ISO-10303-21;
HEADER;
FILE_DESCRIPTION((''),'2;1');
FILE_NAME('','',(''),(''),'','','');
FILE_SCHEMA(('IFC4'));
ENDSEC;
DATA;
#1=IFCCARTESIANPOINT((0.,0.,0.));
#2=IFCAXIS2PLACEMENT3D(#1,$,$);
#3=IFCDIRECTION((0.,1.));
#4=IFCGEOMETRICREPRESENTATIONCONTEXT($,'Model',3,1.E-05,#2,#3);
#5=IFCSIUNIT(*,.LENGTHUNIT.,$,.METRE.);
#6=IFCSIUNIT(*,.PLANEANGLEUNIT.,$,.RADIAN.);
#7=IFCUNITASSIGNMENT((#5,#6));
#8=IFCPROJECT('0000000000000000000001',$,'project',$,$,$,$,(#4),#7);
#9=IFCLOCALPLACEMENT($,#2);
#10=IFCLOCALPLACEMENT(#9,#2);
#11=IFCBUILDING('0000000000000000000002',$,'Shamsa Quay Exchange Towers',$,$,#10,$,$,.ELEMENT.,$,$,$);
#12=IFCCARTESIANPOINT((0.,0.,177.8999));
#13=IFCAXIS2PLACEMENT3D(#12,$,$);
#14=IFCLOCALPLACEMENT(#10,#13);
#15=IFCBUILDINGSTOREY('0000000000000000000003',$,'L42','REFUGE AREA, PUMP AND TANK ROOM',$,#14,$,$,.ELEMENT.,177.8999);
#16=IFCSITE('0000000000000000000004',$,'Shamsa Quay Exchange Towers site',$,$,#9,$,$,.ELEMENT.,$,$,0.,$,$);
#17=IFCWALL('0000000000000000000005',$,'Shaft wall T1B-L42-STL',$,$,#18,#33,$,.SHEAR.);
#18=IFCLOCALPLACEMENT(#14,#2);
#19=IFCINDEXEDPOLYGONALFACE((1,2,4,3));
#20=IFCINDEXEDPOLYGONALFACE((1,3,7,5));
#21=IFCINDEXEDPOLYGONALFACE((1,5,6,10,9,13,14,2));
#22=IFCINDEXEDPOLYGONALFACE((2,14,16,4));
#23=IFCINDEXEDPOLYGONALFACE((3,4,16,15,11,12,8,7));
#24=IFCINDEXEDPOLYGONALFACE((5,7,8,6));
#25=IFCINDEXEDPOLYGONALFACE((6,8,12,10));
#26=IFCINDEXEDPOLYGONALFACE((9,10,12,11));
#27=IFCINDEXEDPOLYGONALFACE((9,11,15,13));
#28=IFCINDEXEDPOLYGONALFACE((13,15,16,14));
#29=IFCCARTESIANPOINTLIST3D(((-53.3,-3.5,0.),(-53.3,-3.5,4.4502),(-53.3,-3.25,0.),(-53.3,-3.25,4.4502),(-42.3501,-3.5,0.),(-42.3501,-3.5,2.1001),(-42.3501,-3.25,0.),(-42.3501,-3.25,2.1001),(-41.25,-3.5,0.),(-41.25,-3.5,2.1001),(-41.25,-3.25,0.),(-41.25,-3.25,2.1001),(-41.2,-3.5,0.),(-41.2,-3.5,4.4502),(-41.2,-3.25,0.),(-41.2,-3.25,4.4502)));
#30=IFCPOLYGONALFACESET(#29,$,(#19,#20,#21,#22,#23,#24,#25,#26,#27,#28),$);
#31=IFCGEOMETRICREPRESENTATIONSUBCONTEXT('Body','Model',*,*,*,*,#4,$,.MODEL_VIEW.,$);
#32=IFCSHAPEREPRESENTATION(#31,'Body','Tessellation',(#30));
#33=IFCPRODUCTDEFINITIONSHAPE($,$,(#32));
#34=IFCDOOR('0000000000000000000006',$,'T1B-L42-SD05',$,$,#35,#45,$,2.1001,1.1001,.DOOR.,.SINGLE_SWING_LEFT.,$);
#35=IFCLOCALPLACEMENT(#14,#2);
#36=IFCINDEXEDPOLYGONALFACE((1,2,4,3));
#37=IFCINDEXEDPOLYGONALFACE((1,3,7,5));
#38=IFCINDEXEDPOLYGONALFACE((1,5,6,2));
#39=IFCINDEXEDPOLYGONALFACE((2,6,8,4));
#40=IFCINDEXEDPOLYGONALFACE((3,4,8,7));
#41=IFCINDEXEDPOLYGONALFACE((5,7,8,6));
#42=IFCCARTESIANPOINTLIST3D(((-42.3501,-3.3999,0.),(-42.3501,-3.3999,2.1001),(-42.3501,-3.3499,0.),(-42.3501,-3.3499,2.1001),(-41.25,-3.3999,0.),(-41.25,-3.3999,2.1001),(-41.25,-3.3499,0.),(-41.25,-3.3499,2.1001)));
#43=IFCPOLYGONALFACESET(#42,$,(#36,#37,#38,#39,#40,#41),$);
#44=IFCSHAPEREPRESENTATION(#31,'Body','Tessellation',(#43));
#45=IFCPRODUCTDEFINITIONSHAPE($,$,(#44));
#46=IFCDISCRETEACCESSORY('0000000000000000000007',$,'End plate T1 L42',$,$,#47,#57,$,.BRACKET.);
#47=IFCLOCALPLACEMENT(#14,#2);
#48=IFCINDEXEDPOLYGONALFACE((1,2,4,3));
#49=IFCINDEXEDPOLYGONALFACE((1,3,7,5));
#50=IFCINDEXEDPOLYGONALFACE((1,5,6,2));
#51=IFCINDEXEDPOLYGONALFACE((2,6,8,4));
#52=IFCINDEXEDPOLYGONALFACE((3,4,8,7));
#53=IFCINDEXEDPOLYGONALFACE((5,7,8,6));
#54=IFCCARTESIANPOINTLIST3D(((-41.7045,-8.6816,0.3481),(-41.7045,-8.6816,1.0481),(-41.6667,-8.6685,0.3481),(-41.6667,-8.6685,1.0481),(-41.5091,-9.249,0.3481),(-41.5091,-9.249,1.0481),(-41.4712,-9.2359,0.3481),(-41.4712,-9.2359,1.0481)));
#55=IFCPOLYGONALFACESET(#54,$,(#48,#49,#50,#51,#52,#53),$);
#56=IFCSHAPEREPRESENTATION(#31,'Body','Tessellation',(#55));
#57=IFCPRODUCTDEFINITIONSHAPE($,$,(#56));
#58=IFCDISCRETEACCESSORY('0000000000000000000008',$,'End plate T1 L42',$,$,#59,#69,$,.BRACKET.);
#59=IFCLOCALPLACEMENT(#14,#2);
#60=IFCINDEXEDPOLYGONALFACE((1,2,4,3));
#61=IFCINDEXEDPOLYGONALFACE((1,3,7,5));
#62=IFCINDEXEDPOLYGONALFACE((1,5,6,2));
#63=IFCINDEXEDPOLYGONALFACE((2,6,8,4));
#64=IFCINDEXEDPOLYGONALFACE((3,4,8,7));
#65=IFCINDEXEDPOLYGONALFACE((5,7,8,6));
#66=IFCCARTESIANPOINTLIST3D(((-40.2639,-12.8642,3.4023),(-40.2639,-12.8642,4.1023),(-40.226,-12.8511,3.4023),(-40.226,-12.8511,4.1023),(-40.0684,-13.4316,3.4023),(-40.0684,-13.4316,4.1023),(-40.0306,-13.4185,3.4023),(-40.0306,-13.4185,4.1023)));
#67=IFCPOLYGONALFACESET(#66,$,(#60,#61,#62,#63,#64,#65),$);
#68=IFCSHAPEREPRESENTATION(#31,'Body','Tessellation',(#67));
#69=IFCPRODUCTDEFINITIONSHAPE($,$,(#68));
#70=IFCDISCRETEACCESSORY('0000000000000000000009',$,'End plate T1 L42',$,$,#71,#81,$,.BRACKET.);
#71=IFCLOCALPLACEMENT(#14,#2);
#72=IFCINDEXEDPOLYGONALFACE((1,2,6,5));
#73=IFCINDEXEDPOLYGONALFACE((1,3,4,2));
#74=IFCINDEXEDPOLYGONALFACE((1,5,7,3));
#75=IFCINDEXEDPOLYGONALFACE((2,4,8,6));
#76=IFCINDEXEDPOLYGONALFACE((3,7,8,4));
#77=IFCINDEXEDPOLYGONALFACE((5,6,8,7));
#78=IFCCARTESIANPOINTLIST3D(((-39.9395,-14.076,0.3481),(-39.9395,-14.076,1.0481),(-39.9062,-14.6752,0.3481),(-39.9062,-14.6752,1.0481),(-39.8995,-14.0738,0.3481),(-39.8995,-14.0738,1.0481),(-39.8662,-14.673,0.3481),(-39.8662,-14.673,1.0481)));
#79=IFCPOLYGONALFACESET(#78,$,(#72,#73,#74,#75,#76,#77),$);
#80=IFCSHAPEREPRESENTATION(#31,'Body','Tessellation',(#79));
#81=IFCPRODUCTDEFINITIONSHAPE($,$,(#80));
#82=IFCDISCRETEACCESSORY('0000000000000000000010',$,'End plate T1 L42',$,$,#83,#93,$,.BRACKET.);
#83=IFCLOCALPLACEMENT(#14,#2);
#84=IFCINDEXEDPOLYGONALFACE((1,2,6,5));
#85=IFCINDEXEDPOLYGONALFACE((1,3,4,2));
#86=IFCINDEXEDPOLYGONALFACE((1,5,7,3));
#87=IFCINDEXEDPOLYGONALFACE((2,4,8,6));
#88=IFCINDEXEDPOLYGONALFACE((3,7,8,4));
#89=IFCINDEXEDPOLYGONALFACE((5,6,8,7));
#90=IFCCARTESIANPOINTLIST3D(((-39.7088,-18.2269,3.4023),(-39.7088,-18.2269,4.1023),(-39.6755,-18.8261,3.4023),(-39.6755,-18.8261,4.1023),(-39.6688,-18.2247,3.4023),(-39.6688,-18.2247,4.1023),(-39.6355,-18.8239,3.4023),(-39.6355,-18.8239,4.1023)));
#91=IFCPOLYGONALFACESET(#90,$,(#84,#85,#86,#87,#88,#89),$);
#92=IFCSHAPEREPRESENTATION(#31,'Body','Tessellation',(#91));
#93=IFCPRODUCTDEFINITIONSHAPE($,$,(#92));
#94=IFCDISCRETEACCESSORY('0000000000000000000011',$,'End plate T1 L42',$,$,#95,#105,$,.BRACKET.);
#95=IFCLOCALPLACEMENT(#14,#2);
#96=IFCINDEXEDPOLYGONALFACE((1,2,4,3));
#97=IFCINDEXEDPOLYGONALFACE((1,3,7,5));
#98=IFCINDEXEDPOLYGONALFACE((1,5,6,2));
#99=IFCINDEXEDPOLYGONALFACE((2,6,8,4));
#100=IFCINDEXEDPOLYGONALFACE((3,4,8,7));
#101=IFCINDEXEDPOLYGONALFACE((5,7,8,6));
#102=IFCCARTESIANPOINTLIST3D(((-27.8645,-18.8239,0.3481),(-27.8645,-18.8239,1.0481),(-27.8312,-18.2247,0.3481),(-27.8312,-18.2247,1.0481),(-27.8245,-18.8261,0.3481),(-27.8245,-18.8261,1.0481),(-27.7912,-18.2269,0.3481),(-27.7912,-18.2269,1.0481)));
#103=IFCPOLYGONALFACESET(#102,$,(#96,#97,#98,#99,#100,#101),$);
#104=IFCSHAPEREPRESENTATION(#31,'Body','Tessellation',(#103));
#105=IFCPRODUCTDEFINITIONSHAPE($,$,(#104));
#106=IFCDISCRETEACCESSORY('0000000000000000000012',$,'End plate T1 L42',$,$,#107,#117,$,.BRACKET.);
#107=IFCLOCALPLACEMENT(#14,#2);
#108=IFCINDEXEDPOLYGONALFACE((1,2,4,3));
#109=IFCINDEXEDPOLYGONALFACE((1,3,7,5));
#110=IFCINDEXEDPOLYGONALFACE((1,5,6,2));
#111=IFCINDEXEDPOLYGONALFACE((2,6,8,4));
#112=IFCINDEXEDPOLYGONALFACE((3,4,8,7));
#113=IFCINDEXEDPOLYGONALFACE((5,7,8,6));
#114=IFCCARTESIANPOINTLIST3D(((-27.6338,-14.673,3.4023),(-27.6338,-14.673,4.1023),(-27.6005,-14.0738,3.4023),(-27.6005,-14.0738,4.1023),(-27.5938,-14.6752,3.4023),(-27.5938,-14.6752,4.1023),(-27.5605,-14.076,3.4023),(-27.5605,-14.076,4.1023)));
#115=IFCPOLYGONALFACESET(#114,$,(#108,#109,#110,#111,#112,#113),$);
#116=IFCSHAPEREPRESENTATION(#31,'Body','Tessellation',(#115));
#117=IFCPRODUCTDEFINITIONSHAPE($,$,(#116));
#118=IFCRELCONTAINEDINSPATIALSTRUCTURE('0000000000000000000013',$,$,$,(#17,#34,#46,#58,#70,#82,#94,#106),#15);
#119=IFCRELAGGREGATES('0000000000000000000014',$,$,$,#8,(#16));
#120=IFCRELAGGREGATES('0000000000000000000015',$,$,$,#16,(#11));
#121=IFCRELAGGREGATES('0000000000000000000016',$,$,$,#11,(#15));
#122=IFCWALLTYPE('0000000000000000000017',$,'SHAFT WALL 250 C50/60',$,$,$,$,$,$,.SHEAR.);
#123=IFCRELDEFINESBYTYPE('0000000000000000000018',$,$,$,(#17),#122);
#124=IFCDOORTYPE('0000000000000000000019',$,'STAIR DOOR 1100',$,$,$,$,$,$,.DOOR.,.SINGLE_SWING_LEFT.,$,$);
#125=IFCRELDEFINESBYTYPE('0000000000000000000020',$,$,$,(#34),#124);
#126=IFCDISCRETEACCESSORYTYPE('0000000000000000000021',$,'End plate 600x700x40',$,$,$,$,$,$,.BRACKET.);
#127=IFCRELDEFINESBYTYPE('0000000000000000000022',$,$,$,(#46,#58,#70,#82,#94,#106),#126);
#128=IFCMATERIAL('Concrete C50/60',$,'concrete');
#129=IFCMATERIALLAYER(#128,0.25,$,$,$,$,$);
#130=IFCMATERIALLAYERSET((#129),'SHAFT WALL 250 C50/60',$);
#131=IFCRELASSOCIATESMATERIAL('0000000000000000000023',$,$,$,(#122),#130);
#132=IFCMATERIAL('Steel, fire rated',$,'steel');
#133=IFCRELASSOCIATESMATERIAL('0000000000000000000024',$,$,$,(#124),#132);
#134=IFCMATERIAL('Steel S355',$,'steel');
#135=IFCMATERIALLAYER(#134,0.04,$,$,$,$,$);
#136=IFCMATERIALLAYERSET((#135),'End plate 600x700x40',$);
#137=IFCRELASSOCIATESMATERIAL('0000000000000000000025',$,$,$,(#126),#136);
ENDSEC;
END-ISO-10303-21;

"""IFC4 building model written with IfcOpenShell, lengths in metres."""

from ifc_helpers import new_model, si_unit, direction, frame, frame_2d, origin, origin_2d, place, context, subcontext, project, spatial, rectangle, extrude, material, layer, layer_set, type_object, element, fill, save


model = new_model("IFC4")

# Units and contexts
model_context = context("Model", 3, precision=1e-05, world=origin(), true_north=direction((0.0, 1.0)))
body_context = subcontext(model_context, "Body", "Model", "MODEL_VIEW")
ifc_project = project(units=[si_unit("LENGTHUNIT", "METRE"), si_unit("PLANEANGLEUNIT", "RADIAN")], contexts=[model_context])

# Site, building, storey
site_placement = place(None, origin())
site = spatial("IfcSite", under=ifc_project, at=site_placement, Name="Shamsa Quay Exchange Towers site", CompositionType="ELEMENT", RefElevation=0.0)
building_placement = place(site_placement, origin())
building = spatial("IfcBuilding", under=site, at=building_placement, Name="Shamsa Quay Exchange Towers", CompositionType="ELEMENT")
storey_placement = place(building_placement, frame((0.0, 0.0, 177.8999)))
storey = spatial("IfcBuildingStorey", under=building, at=storey_placement, Name="L42", Description="REFUGE AREA, PUMP AND TANK ROOM", CompositionType="ELEMENT", Elevation=177.8999)

# Shared definitions
ifc_material_1 = material(Name="Steel S355", Category="steel")

# Shared definitions
ifc_material_2 = material(Name="Steel, fire rated", Category="steel")

# Wall, opening, door
ifc_material_3 = material(Name="Concrete C50/60", Category="concrete")
ifc_layer_1 = layer(ifc_material_3, 0.25)
ifc_layer_set_1 = layer_set([ifc_layer_1], Name="SHAFT WALL 250 C50/60")
wall_type_1 = type_object("IfcWallType", Name="SHAFT WALL 250 C50/60", PredefinedType="SHEAR", material=ifc_layer_set_1)
wall_1_placement = place(storey_placement, frame((-41.2, -3.375, 0.0), z_axis=(0.0, 0.0, 1.0), x_axis=(-1.0, 0.0, 0.0)))
wall_1 = element("IfcWall", 1, at=wall_1_placement, inside=storey, type_object=wall_type_1, Name="Shaft wall T1B-L42-STL", PredefinedType="SHEAR", context=body_context, shape_type="SweptSolid", body=[
    extrude(rectangle(XDim=12.1001, YDim=0.25, at=frame_2d((6.05, 0.0))), origin(), (0.0, 0.0, 1.0), 4.4502),
])
opening_1_placement = place(wall_1_placement, frame((0.05, 0.0, 0.0)))
opening_1 = element("IfcOpeningElement", 2, at=opening_1_placement, cuts=wall_1, PredefinedType="OPENING", context=body_context, shape_type="SweptSolid", body=[
    extrude(rectangle(XDim=1.1001, YDim=2.1001, at=frame_2d((0.55, 1.05))), frame((0.0, 0.135, 0.0), z_axis=(0.0, -1.0, 0.0), x_axis=(1.0, 0.0, 0.0)), (0.0, 0.0, 1.0), 0.27),
])
door_type_1 = type_object("IfcDoorType", Name="STAIR DOOR 1100", OperationType="SINGLE_SWING_LEFT", PredefinedType="DOOR", material=ifc_material_2)
door_1_placement = place(opening_1_placement, origin())
door_1 = element("IfcDoor", 3, at=door_1_placement, inside=storey, type_object=door_type_1, Name="T1B-L42-SD05", OperationType="SINGLE_SWING_LEFT", OverallHeight=2.1001, OverallWidth=1.1001, PredefinedType="DOOR", context=body_context, shape_type="SweptSolid", body=[
    extrude(rectangle(XDim=1.1001, YDim=2.1001, at=frame_2d((0.55, 1.05))), frame((0.0, 0.0249, 0.0), z_axis=(0.0, -1.0, 0.0), x_axis=(1.0, 0.0, 0.0)), (0.0, 0.0, 1.0), 0.05),
])
fill(opening_1, door_1)

# Discrete accessories
ifc_layer_2 = layer(ifc_material_1, 0.04)
ifc_layer_set_2 = layer_set([ifc_layer_2], Name="End plate 600x700x40")
discrete_accessory_type = type_object("IfcDiscreteAccessoryType", Name="End plate 600x700x40", PredefinedType="BRACKET", material=ifc_layer_set_2)
for number, where, z_axis, x_axis, name in (
    (4, (-41.5879, -8.9587, 0.3481), (0.0, 0.0, 1.0), (0.325667, -0.945485, 0.0), "End plate T1 L42"),
    (5, (-40.1472, -13.1414, 3.4023), (0.0, 0.0, 1.0), (0.325667, -0.945485, 0.0), "End plate T1 L42"),
    (6, (-39.9028, -14.3745, 0.3481), (0.0, 0.0, 1.0), (0.05547, -0.99846, 0.0), "End plate T1 L42"),
    (7, (-39.6721, -18.5254, 3.4023), (0.0, 0.0, 1.0), (0.05547, -0.99846, 0.0), "End plate T1 L42"),
    (8, (-27.8279, -18.5254, 0.3481), (0.0, 0.0, 1.0), (0.05547, 0.99846, 0.0), "End plate T1 L42"),
    (9, (-27.5972, -14.3745, 3.4023), (0.0, 0.0, 1.0), (0.05547, 0.99846, 0.0), "End plate T1 L42"),
):
    element("IfcDiscreteAccessory", number, at=place(storey_placement, frame(where, z_axis=z_axis, x_axis=x_axis)), inside=storey, type_object=discrete_accessory_type, Name=name, PredefinedType="BRACKET", context=body_context, shape_type="SweptSolid", body=[
        extrude(rectangle(XDim=0.6001, YDim=0.04, at=origin_2d()), origin(), (0.0, 0.0, 1.0), 0.7),
    ])

save(model, "model.ifc")
